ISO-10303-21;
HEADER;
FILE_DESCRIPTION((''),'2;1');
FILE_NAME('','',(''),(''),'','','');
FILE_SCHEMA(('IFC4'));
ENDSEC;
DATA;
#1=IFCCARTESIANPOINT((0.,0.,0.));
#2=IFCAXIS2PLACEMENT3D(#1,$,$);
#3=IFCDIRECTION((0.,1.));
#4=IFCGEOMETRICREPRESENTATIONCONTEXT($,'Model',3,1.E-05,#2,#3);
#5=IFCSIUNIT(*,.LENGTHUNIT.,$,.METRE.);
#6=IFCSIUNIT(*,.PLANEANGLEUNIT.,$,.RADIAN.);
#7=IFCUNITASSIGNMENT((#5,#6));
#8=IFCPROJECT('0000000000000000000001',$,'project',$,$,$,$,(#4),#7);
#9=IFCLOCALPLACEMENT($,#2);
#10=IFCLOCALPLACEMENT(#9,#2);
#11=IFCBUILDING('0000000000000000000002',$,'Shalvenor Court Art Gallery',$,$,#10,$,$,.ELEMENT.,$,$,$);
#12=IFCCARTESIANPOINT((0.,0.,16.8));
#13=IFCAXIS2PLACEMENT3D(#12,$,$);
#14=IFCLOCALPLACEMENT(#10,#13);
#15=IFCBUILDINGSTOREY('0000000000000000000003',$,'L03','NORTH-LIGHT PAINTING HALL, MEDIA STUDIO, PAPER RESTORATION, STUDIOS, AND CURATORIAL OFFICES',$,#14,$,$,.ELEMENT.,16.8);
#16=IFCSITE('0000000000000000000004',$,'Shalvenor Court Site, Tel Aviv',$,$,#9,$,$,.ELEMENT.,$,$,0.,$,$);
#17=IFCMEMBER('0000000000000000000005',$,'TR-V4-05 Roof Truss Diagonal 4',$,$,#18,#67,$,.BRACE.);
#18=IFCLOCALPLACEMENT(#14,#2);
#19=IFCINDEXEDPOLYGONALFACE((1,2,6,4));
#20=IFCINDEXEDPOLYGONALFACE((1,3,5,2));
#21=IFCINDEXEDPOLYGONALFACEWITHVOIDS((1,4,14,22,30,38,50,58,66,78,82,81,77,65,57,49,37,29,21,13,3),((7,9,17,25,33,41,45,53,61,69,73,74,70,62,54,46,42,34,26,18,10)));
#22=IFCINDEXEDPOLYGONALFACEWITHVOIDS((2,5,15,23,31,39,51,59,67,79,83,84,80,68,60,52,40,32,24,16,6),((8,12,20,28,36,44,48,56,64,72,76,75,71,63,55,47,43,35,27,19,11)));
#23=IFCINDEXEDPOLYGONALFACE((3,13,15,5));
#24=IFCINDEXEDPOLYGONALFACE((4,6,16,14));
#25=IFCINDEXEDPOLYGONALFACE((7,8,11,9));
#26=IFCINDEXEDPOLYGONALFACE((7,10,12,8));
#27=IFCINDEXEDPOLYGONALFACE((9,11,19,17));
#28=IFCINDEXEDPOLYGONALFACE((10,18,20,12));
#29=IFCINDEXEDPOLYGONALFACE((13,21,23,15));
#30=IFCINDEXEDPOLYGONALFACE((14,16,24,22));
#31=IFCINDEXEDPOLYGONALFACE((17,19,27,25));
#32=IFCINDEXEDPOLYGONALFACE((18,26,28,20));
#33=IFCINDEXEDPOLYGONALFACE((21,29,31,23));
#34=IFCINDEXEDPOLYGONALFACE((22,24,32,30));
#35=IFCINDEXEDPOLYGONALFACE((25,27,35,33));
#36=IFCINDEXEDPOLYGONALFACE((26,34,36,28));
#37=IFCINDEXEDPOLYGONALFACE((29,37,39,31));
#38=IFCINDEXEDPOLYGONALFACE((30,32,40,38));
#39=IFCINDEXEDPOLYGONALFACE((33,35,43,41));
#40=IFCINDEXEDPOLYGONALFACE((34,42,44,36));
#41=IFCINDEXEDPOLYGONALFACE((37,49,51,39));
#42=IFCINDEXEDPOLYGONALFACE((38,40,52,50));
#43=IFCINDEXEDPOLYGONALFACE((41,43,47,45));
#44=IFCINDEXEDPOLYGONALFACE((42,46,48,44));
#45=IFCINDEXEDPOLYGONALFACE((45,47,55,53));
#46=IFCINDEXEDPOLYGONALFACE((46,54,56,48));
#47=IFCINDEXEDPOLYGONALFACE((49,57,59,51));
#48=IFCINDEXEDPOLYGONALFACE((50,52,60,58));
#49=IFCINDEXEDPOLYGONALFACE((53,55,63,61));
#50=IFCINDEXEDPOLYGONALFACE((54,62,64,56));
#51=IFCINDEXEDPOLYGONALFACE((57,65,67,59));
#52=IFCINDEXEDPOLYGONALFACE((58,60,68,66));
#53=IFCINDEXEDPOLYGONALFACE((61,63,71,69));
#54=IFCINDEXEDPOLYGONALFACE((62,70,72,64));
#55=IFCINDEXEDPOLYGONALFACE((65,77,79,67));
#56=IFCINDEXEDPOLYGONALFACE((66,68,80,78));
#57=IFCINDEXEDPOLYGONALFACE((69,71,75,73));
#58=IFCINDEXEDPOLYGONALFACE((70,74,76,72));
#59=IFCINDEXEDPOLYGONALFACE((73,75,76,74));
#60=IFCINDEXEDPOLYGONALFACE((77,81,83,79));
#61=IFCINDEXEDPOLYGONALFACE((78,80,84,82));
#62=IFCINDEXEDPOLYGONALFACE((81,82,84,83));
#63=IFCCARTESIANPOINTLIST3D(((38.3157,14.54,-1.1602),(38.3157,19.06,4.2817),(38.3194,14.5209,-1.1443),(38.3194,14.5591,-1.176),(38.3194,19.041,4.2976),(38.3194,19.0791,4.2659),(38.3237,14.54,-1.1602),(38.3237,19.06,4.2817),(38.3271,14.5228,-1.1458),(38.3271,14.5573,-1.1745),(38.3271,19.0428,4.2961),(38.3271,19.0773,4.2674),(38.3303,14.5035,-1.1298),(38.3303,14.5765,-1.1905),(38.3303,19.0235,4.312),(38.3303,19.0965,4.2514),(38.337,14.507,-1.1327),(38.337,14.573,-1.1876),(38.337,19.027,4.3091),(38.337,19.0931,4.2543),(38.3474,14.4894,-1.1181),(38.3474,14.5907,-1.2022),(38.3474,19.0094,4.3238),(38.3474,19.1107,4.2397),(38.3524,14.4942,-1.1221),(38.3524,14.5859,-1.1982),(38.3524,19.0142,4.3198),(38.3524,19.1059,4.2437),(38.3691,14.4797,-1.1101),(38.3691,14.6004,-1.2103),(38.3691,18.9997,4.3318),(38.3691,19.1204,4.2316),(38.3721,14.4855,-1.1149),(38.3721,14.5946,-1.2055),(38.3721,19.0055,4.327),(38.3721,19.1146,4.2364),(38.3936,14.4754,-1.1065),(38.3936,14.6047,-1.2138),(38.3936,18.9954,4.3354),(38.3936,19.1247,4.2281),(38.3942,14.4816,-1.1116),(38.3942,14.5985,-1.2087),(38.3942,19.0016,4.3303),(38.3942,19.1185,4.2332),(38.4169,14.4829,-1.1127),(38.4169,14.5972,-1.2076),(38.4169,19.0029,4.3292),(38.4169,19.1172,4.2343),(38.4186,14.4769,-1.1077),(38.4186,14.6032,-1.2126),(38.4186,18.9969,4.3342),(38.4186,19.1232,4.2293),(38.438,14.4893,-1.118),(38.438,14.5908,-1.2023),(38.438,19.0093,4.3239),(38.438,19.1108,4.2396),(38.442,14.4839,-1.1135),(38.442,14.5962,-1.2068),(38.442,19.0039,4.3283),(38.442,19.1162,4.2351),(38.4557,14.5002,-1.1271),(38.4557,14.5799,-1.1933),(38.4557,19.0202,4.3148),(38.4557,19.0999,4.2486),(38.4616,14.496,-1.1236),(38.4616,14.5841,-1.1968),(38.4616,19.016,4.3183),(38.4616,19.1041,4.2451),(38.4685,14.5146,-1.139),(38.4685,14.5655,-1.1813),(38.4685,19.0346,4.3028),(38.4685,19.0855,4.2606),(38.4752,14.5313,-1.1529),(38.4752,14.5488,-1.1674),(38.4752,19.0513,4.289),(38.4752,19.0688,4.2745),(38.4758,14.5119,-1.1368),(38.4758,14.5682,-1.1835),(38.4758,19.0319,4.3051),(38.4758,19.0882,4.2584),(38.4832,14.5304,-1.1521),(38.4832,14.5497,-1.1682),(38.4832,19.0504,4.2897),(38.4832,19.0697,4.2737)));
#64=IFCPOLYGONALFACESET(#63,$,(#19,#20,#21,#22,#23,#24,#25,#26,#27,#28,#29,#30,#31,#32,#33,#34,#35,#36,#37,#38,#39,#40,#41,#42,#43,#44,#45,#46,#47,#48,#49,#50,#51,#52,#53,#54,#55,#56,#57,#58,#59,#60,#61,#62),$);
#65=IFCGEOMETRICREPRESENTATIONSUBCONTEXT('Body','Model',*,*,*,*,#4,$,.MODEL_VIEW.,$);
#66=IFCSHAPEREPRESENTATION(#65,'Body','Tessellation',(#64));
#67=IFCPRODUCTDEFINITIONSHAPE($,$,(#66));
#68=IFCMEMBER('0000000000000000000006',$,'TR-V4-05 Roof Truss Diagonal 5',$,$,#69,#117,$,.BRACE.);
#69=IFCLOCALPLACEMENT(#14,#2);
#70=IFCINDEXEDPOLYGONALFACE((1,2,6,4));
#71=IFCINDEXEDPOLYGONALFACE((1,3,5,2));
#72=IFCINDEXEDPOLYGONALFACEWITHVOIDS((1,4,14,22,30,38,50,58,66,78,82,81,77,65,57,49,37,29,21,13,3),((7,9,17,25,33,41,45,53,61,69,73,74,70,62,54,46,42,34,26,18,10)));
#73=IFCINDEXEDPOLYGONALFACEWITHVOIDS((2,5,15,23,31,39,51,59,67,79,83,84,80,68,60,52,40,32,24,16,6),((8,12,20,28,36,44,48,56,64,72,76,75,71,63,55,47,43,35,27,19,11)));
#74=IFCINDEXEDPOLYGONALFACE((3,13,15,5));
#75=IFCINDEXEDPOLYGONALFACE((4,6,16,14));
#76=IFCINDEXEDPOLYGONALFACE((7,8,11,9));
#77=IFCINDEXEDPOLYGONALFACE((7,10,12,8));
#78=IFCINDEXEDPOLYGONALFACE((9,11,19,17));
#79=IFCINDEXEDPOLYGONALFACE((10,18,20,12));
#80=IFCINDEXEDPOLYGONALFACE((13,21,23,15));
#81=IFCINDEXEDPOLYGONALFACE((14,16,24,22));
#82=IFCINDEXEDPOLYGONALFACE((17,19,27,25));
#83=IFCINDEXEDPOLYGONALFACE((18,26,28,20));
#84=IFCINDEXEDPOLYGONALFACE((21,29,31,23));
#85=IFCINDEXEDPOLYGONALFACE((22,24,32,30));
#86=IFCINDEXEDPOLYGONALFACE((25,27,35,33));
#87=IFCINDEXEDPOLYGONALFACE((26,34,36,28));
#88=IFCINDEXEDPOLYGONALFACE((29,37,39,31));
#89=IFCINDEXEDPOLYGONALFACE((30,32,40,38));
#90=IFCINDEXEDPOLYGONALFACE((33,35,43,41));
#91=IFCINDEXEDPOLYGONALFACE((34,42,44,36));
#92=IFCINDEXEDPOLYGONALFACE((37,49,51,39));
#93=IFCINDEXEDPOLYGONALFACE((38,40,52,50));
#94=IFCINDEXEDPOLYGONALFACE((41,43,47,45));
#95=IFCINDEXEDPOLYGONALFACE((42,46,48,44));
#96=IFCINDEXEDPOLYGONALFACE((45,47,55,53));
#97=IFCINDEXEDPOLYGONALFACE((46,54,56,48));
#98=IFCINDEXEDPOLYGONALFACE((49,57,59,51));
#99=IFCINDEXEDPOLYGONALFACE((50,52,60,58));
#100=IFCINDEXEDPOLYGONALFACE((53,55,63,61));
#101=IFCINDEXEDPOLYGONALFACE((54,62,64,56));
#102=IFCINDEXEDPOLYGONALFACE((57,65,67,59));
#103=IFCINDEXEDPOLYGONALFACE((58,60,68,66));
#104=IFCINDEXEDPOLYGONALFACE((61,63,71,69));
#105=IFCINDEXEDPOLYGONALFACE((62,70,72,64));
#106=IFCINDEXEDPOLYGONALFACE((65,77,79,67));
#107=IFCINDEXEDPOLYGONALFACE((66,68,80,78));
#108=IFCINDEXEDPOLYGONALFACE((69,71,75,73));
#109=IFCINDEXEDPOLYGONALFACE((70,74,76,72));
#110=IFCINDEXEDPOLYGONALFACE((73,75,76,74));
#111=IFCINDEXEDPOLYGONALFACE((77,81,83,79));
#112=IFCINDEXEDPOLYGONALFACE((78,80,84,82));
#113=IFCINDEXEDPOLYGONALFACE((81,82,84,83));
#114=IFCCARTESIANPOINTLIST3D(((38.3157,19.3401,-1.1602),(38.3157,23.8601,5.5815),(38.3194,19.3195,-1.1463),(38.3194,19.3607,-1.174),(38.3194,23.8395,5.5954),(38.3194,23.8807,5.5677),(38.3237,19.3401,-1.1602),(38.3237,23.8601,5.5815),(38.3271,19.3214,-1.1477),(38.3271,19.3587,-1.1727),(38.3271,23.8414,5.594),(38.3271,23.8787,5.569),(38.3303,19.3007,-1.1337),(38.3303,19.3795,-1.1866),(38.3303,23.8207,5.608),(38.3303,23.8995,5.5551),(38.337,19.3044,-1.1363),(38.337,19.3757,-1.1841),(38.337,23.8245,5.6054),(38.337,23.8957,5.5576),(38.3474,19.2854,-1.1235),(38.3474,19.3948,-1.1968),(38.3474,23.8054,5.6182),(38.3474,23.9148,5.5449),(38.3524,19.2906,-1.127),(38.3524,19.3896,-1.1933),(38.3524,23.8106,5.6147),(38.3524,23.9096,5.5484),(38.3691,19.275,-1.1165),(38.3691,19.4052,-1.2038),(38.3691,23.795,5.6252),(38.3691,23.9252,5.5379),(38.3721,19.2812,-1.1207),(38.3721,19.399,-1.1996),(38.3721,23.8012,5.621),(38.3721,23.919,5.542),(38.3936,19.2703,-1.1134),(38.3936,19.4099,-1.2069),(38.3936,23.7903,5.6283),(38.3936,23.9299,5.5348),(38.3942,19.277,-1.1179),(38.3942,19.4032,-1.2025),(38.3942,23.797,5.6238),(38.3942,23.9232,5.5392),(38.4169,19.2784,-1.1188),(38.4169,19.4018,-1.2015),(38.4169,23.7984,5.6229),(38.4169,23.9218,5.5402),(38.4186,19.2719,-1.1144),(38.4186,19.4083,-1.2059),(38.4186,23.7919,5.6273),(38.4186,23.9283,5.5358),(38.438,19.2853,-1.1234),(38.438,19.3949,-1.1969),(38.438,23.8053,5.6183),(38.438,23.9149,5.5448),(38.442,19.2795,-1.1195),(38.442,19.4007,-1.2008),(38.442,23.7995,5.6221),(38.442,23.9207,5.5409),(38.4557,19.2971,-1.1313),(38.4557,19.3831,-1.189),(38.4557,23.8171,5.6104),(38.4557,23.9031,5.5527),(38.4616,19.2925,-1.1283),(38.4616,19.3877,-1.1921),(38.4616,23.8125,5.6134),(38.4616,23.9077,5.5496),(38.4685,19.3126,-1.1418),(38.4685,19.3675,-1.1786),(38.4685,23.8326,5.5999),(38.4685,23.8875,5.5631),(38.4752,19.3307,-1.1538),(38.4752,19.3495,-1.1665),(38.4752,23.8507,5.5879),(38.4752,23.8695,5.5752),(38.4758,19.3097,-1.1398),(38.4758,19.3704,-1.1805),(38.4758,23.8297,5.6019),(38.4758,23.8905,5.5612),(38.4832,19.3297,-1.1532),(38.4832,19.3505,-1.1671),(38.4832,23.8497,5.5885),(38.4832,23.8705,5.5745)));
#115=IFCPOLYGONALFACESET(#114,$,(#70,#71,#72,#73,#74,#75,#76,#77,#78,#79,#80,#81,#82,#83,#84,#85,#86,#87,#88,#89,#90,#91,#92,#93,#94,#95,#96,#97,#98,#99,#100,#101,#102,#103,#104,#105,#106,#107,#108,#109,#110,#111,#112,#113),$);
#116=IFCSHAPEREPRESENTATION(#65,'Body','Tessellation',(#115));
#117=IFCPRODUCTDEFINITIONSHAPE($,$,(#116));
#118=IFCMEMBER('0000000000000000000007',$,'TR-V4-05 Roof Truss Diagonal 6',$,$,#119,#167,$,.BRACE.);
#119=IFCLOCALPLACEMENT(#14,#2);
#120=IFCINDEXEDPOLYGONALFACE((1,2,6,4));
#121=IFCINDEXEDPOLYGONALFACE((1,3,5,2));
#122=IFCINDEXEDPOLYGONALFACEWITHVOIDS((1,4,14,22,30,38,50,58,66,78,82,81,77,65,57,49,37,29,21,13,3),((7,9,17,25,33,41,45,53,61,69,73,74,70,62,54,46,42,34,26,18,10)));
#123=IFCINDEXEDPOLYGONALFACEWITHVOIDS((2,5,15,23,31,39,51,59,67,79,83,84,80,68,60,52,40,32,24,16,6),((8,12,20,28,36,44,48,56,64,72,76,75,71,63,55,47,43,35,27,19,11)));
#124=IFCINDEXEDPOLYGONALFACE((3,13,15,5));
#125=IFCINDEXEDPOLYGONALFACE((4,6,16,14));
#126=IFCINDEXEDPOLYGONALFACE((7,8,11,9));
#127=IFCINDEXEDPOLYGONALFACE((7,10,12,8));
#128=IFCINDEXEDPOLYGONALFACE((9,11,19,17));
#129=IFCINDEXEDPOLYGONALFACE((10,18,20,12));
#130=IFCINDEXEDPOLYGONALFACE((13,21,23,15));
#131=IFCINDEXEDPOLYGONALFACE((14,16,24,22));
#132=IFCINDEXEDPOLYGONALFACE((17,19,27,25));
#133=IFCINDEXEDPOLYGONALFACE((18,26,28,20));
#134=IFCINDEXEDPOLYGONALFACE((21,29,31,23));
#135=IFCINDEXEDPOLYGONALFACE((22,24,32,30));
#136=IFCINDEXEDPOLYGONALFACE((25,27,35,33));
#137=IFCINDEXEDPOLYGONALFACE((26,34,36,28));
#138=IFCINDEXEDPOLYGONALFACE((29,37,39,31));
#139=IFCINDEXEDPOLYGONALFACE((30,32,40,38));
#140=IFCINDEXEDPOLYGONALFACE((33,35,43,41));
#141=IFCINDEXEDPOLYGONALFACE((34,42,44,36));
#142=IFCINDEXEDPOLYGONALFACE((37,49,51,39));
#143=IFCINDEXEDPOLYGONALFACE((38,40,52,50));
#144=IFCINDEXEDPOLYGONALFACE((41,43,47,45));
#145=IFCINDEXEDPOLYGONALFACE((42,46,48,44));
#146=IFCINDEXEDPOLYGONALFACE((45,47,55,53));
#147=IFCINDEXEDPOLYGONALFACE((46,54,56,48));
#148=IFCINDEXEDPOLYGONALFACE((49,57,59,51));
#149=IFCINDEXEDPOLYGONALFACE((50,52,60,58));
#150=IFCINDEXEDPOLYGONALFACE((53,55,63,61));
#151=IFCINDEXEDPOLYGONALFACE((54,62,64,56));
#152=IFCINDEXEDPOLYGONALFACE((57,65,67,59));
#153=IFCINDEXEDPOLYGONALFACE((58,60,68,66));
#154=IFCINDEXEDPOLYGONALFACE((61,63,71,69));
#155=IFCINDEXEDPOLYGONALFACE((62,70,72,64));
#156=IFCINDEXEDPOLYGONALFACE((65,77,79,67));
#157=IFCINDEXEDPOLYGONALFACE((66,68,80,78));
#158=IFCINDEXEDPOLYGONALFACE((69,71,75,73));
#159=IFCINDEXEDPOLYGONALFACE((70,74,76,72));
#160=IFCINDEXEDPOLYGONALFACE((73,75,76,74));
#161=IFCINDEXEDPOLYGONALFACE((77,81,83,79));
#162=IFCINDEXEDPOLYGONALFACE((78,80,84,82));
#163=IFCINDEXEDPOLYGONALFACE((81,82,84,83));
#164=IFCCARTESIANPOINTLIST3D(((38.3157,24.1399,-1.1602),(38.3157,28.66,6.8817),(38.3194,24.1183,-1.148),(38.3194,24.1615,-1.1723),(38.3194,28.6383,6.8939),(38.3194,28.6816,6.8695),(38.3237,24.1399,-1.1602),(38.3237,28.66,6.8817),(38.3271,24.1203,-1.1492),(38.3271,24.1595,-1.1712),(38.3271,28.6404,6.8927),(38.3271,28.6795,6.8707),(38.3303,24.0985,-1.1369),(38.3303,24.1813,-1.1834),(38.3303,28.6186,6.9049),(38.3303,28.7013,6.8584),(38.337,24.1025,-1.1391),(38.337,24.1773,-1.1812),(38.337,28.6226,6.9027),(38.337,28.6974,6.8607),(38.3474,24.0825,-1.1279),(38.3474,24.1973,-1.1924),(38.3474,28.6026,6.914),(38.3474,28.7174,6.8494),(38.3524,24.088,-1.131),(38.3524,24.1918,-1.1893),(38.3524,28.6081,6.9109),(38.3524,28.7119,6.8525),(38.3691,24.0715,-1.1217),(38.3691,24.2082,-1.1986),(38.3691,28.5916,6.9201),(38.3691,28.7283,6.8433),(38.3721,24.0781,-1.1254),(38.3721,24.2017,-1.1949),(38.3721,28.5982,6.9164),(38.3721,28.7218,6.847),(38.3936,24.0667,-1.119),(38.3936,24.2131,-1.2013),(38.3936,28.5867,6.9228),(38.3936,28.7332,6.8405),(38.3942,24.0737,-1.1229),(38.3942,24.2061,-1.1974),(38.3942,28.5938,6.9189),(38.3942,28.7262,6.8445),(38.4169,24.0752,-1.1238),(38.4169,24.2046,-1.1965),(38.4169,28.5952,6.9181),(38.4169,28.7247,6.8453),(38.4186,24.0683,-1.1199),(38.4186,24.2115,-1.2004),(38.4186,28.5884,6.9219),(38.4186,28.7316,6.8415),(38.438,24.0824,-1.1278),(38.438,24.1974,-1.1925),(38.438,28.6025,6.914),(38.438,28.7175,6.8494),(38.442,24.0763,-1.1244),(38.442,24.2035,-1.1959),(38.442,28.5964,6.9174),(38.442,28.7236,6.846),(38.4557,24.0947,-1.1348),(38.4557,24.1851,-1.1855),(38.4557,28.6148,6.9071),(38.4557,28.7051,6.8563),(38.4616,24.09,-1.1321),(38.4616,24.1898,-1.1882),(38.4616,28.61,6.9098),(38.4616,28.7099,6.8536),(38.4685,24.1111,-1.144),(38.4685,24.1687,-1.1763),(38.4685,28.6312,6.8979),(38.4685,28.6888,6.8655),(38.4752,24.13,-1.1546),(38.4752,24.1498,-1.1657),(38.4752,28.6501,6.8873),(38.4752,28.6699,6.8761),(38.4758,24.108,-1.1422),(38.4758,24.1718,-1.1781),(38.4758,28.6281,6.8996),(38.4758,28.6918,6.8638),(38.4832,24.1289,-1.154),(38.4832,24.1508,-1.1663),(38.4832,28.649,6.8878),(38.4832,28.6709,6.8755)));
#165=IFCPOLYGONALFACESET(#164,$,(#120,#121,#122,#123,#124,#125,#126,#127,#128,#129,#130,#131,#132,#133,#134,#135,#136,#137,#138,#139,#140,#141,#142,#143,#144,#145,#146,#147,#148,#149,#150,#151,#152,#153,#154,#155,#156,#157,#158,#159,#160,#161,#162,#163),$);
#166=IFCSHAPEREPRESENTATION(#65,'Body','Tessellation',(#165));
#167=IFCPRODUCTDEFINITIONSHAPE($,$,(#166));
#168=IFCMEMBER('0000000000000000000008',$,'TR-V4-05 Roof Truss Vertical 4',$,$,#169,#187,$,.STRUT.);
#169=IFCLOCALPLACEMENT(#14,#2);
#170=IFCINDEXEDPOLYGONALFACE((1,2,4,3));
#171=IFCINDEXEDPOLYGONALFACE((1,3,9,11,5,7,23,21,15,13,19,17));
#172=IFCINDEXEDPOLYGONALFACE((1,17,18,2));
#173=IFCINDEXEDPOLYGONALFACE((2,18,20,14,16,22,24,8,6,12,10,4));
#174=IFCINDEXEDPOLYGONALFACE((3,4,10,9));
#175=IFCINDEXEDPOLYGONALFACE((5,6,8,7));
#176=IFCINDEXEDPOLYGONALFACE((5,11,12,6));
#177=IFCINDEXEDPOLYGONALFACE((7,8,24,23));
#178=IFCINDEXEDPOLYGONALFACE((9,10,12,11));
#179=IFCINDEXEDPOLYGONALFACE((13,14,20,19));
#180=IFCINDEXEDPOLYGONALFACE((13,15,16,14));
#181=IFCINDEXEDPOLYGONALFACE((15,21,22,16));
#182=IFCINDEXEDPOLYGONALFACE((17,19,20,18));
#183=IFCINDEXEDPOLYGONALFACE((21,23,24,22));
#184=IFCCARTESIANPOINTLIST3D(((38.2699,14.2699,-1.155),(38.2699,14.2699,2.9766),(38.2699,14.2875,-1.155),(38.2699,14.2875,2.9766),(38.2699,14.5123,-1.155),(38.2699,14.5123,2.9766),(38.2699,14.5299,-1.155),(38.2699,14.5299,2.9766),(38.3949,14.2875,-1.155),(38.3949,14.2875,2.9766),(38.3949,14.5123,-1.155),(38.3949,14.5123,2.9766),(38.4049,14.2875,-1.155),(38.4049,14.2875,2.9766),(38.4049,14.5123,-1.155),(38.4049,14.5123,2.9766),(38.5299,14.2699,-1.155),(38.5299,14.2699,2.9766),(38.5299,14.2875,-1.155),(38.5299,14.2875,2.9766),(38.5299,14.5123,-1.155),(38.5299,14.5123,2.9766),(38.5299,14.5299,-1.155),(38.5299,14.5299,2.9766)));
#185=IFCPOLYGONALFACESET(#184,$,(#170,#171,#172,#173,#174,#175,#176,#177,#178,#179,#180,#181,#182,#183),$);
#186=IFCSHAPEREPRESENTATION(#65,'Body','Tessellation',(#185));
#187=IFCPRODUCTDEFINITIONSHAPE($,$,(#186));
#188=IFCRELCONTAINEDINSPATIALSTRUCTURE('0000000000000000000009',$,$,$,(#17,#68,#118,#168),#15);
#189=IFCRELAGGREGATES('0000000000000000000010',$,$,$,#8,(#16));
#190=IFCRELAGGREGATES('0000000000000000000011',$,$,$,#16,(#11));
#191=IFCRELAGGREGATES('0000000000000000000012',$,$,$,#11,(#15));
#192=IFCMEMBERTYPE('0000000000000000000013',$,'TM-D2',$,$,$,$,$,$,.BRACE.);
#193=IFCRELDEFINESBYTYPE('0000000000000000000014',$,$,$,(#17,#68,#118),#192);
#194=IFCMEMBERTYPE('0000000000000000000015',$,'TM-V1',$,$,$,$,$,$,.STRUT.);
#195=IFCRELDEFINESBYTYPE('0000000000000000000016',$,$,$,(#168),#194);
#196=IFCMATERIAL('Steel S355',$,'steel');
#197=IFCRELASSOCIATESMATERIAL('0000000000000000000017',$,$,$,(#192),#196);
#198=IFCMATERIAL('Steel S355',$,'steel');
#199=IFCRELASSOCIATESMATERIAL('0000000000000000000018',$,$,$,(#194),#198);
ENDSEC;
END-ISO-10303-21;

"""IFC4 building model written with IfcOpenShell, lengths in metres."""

from ifc_helpers import new_model, si_unit, direction, frame, origin, origin_2d, place, context, subcontext, project, spatial, hollow_circle, i_section, extrude, material, material_profile, profile_set, type_object, element, save


model = new_model("IFC4")

# Units and contexts
model_context = context("Model", 3, precision=1e-05, world=origin(), true_north=direction((0.0, 1.0)))
body_context = subcontext(model_context, "Body", "Model", "MODEL_VIEW")
ifc_project = project(units=[si_unit("LENGTHUNIT", "METRE"), si_unit("PLANEANGLEUNIT", "RADIAN")], contexts=[model_context])

# Site, building, storey
site_placement = place(None, origin())
site = spatial("IfcSite", under=ifc_project, at=site_placement, Name="Shalvenor Court Site, Tel Aviv", CompositionType="ELEMENT", RefElevation=0.0)
building_placement = place(site_placement, origin())
building = spatial("IfcBuilding", under=site, at=building_placement, Name="Shalvenor Court Art Gallery", CompositionType="ELEMENT")
storey_placement = place(building_placement, frame((0.0, 0.0, 16.8)))
storey = spatial("IfcBuildingStorey", under=building, at=storey_placement, Name="L03", Description="NORTH-LIGHT PAINTING HALL, MEDIA STUDIO, PAPER RESTORATION, STUDIOS, AND CURATORIAL OFFICES", CompositionType="ELEMENT", Elevation=16.8)

# Members
ifc_material_1 = material(Name="Steel S355", Category="steel")
ifc_material_profile_1 = material_profile(ifc_material_1, hollow_circle(Radius=0.0842, WallThickness=0.0081, at=origin_2d()), Name="CHS 168.3x8.0")
ifc_profile_set_1 = profile_set([ifc_material_profile_1], Name="Steel S355")
member_type_1 = type_object("IfcMemberType", Name="TM-D2", PredefinedType="BRACE", material=ifc_profile_set_1)
member_1_placement = place(storey_placement, frame((38.3999, 14.54, -1.1602), z_axis=(0.0, 0.638941, 0.769256), x_axis=(-1.0, 0.0, 0.0)))
element("IfcMember", 1, at=member_1_placement, inside=storey, type_object=member_type_1, Name="TR-V4-05 Roof Truss Diagonal 4", PredefinedType="BRACE", context=body_context, shape_type="SweptSolid", body=[
    extrude(hollow_circle(Radius=0.0842, WallThickness=0.0081, at=origin_2d()), origin(), (0.0, 0.0, 1.0), 7.0742),
])
member_2_placement = place(storey_placement, frame((38.3999, 19.3401, -1.1602), z_axis=(0.0, 0.556878, 0.830594), x_axis=(-1.0, 0.0, 0.0)))
element("IfcMember", 2, at=member_2_placement, inside=storey, type_object=member_type_1, Name="TR-V4-05 Roof Truss Diagonal 5", PredefinedType="BRACE", context=body_context, shape_type="SweptSolid", body=[
    extrude(hollow_circle(Radius=0.0842, WallThickness=0.0081, at=origin_2d()), origin(), (0.0, 0.0, 1.0), 8.1167),
])
member_3_placement = place(storey_placement, frame((38.3999, 24.1399, -1.1602), z_axis=(0.0, 0.489976, 0.871736), x_axis=(-1.0, 0.0, 0.0)))
element("IfcMember", 3, at=member_3_placement, inside=storey, type_object=member_type_1, Name="TR-V4-05 Roof Truss Diagonal 6", PredefinedType="BRACE", context=body_context, shape_type="SweptSolid", body=[
    extrude(hollow_circle(Radius=0.0842, WallThickness=0.0081, at=origin_2d()), origin(), (0.0, 0.0, 1.0), 9.2251),
])
ifc_material_2 = material(Name="Steel S355", Category="steel")
ifc_material_profile_2 = material_profile(ifc_material_2, i_section(OverallWidth=0.26, OverallDepth=0.26, WebThickness=0.01, FlangeThickness=0.0176, at=origin_2d()), Name="HEB 260")
ifc_profile_set_2 = profile_set([ifc_material_profile_2], Name="Steel S355")
member_type_2 = type_object("IfcMemberType", Name="TM-V1", PredefinedType="STRUT", material=ifc_profile_set_2)
member_4_placement = place(storey_placement, frame((38.3999, 14.3999, -1.155), z_axis=(0.0, 0.0, 1.0), x_axis=(1.0, 0.0, 0.0)))
element("IfcMember", 4, at=member_4_placement, inside=storey, type_object=member_type_2, Name="TR-V4-05 Roof Truss Vertical 4", PredefinedType="STRUT", context=body_context, shape_type="SweptSolid", body=[
    extrude(i_section(OverallWidth=0.26, OverallDepth=0.26, WebThickness=0.01, FlangeThickness=0.0176, at=origin_2d()), origin(), (0.0, 0.0, 1.0), 4.1316),
])

save(model, "model.ifc")
